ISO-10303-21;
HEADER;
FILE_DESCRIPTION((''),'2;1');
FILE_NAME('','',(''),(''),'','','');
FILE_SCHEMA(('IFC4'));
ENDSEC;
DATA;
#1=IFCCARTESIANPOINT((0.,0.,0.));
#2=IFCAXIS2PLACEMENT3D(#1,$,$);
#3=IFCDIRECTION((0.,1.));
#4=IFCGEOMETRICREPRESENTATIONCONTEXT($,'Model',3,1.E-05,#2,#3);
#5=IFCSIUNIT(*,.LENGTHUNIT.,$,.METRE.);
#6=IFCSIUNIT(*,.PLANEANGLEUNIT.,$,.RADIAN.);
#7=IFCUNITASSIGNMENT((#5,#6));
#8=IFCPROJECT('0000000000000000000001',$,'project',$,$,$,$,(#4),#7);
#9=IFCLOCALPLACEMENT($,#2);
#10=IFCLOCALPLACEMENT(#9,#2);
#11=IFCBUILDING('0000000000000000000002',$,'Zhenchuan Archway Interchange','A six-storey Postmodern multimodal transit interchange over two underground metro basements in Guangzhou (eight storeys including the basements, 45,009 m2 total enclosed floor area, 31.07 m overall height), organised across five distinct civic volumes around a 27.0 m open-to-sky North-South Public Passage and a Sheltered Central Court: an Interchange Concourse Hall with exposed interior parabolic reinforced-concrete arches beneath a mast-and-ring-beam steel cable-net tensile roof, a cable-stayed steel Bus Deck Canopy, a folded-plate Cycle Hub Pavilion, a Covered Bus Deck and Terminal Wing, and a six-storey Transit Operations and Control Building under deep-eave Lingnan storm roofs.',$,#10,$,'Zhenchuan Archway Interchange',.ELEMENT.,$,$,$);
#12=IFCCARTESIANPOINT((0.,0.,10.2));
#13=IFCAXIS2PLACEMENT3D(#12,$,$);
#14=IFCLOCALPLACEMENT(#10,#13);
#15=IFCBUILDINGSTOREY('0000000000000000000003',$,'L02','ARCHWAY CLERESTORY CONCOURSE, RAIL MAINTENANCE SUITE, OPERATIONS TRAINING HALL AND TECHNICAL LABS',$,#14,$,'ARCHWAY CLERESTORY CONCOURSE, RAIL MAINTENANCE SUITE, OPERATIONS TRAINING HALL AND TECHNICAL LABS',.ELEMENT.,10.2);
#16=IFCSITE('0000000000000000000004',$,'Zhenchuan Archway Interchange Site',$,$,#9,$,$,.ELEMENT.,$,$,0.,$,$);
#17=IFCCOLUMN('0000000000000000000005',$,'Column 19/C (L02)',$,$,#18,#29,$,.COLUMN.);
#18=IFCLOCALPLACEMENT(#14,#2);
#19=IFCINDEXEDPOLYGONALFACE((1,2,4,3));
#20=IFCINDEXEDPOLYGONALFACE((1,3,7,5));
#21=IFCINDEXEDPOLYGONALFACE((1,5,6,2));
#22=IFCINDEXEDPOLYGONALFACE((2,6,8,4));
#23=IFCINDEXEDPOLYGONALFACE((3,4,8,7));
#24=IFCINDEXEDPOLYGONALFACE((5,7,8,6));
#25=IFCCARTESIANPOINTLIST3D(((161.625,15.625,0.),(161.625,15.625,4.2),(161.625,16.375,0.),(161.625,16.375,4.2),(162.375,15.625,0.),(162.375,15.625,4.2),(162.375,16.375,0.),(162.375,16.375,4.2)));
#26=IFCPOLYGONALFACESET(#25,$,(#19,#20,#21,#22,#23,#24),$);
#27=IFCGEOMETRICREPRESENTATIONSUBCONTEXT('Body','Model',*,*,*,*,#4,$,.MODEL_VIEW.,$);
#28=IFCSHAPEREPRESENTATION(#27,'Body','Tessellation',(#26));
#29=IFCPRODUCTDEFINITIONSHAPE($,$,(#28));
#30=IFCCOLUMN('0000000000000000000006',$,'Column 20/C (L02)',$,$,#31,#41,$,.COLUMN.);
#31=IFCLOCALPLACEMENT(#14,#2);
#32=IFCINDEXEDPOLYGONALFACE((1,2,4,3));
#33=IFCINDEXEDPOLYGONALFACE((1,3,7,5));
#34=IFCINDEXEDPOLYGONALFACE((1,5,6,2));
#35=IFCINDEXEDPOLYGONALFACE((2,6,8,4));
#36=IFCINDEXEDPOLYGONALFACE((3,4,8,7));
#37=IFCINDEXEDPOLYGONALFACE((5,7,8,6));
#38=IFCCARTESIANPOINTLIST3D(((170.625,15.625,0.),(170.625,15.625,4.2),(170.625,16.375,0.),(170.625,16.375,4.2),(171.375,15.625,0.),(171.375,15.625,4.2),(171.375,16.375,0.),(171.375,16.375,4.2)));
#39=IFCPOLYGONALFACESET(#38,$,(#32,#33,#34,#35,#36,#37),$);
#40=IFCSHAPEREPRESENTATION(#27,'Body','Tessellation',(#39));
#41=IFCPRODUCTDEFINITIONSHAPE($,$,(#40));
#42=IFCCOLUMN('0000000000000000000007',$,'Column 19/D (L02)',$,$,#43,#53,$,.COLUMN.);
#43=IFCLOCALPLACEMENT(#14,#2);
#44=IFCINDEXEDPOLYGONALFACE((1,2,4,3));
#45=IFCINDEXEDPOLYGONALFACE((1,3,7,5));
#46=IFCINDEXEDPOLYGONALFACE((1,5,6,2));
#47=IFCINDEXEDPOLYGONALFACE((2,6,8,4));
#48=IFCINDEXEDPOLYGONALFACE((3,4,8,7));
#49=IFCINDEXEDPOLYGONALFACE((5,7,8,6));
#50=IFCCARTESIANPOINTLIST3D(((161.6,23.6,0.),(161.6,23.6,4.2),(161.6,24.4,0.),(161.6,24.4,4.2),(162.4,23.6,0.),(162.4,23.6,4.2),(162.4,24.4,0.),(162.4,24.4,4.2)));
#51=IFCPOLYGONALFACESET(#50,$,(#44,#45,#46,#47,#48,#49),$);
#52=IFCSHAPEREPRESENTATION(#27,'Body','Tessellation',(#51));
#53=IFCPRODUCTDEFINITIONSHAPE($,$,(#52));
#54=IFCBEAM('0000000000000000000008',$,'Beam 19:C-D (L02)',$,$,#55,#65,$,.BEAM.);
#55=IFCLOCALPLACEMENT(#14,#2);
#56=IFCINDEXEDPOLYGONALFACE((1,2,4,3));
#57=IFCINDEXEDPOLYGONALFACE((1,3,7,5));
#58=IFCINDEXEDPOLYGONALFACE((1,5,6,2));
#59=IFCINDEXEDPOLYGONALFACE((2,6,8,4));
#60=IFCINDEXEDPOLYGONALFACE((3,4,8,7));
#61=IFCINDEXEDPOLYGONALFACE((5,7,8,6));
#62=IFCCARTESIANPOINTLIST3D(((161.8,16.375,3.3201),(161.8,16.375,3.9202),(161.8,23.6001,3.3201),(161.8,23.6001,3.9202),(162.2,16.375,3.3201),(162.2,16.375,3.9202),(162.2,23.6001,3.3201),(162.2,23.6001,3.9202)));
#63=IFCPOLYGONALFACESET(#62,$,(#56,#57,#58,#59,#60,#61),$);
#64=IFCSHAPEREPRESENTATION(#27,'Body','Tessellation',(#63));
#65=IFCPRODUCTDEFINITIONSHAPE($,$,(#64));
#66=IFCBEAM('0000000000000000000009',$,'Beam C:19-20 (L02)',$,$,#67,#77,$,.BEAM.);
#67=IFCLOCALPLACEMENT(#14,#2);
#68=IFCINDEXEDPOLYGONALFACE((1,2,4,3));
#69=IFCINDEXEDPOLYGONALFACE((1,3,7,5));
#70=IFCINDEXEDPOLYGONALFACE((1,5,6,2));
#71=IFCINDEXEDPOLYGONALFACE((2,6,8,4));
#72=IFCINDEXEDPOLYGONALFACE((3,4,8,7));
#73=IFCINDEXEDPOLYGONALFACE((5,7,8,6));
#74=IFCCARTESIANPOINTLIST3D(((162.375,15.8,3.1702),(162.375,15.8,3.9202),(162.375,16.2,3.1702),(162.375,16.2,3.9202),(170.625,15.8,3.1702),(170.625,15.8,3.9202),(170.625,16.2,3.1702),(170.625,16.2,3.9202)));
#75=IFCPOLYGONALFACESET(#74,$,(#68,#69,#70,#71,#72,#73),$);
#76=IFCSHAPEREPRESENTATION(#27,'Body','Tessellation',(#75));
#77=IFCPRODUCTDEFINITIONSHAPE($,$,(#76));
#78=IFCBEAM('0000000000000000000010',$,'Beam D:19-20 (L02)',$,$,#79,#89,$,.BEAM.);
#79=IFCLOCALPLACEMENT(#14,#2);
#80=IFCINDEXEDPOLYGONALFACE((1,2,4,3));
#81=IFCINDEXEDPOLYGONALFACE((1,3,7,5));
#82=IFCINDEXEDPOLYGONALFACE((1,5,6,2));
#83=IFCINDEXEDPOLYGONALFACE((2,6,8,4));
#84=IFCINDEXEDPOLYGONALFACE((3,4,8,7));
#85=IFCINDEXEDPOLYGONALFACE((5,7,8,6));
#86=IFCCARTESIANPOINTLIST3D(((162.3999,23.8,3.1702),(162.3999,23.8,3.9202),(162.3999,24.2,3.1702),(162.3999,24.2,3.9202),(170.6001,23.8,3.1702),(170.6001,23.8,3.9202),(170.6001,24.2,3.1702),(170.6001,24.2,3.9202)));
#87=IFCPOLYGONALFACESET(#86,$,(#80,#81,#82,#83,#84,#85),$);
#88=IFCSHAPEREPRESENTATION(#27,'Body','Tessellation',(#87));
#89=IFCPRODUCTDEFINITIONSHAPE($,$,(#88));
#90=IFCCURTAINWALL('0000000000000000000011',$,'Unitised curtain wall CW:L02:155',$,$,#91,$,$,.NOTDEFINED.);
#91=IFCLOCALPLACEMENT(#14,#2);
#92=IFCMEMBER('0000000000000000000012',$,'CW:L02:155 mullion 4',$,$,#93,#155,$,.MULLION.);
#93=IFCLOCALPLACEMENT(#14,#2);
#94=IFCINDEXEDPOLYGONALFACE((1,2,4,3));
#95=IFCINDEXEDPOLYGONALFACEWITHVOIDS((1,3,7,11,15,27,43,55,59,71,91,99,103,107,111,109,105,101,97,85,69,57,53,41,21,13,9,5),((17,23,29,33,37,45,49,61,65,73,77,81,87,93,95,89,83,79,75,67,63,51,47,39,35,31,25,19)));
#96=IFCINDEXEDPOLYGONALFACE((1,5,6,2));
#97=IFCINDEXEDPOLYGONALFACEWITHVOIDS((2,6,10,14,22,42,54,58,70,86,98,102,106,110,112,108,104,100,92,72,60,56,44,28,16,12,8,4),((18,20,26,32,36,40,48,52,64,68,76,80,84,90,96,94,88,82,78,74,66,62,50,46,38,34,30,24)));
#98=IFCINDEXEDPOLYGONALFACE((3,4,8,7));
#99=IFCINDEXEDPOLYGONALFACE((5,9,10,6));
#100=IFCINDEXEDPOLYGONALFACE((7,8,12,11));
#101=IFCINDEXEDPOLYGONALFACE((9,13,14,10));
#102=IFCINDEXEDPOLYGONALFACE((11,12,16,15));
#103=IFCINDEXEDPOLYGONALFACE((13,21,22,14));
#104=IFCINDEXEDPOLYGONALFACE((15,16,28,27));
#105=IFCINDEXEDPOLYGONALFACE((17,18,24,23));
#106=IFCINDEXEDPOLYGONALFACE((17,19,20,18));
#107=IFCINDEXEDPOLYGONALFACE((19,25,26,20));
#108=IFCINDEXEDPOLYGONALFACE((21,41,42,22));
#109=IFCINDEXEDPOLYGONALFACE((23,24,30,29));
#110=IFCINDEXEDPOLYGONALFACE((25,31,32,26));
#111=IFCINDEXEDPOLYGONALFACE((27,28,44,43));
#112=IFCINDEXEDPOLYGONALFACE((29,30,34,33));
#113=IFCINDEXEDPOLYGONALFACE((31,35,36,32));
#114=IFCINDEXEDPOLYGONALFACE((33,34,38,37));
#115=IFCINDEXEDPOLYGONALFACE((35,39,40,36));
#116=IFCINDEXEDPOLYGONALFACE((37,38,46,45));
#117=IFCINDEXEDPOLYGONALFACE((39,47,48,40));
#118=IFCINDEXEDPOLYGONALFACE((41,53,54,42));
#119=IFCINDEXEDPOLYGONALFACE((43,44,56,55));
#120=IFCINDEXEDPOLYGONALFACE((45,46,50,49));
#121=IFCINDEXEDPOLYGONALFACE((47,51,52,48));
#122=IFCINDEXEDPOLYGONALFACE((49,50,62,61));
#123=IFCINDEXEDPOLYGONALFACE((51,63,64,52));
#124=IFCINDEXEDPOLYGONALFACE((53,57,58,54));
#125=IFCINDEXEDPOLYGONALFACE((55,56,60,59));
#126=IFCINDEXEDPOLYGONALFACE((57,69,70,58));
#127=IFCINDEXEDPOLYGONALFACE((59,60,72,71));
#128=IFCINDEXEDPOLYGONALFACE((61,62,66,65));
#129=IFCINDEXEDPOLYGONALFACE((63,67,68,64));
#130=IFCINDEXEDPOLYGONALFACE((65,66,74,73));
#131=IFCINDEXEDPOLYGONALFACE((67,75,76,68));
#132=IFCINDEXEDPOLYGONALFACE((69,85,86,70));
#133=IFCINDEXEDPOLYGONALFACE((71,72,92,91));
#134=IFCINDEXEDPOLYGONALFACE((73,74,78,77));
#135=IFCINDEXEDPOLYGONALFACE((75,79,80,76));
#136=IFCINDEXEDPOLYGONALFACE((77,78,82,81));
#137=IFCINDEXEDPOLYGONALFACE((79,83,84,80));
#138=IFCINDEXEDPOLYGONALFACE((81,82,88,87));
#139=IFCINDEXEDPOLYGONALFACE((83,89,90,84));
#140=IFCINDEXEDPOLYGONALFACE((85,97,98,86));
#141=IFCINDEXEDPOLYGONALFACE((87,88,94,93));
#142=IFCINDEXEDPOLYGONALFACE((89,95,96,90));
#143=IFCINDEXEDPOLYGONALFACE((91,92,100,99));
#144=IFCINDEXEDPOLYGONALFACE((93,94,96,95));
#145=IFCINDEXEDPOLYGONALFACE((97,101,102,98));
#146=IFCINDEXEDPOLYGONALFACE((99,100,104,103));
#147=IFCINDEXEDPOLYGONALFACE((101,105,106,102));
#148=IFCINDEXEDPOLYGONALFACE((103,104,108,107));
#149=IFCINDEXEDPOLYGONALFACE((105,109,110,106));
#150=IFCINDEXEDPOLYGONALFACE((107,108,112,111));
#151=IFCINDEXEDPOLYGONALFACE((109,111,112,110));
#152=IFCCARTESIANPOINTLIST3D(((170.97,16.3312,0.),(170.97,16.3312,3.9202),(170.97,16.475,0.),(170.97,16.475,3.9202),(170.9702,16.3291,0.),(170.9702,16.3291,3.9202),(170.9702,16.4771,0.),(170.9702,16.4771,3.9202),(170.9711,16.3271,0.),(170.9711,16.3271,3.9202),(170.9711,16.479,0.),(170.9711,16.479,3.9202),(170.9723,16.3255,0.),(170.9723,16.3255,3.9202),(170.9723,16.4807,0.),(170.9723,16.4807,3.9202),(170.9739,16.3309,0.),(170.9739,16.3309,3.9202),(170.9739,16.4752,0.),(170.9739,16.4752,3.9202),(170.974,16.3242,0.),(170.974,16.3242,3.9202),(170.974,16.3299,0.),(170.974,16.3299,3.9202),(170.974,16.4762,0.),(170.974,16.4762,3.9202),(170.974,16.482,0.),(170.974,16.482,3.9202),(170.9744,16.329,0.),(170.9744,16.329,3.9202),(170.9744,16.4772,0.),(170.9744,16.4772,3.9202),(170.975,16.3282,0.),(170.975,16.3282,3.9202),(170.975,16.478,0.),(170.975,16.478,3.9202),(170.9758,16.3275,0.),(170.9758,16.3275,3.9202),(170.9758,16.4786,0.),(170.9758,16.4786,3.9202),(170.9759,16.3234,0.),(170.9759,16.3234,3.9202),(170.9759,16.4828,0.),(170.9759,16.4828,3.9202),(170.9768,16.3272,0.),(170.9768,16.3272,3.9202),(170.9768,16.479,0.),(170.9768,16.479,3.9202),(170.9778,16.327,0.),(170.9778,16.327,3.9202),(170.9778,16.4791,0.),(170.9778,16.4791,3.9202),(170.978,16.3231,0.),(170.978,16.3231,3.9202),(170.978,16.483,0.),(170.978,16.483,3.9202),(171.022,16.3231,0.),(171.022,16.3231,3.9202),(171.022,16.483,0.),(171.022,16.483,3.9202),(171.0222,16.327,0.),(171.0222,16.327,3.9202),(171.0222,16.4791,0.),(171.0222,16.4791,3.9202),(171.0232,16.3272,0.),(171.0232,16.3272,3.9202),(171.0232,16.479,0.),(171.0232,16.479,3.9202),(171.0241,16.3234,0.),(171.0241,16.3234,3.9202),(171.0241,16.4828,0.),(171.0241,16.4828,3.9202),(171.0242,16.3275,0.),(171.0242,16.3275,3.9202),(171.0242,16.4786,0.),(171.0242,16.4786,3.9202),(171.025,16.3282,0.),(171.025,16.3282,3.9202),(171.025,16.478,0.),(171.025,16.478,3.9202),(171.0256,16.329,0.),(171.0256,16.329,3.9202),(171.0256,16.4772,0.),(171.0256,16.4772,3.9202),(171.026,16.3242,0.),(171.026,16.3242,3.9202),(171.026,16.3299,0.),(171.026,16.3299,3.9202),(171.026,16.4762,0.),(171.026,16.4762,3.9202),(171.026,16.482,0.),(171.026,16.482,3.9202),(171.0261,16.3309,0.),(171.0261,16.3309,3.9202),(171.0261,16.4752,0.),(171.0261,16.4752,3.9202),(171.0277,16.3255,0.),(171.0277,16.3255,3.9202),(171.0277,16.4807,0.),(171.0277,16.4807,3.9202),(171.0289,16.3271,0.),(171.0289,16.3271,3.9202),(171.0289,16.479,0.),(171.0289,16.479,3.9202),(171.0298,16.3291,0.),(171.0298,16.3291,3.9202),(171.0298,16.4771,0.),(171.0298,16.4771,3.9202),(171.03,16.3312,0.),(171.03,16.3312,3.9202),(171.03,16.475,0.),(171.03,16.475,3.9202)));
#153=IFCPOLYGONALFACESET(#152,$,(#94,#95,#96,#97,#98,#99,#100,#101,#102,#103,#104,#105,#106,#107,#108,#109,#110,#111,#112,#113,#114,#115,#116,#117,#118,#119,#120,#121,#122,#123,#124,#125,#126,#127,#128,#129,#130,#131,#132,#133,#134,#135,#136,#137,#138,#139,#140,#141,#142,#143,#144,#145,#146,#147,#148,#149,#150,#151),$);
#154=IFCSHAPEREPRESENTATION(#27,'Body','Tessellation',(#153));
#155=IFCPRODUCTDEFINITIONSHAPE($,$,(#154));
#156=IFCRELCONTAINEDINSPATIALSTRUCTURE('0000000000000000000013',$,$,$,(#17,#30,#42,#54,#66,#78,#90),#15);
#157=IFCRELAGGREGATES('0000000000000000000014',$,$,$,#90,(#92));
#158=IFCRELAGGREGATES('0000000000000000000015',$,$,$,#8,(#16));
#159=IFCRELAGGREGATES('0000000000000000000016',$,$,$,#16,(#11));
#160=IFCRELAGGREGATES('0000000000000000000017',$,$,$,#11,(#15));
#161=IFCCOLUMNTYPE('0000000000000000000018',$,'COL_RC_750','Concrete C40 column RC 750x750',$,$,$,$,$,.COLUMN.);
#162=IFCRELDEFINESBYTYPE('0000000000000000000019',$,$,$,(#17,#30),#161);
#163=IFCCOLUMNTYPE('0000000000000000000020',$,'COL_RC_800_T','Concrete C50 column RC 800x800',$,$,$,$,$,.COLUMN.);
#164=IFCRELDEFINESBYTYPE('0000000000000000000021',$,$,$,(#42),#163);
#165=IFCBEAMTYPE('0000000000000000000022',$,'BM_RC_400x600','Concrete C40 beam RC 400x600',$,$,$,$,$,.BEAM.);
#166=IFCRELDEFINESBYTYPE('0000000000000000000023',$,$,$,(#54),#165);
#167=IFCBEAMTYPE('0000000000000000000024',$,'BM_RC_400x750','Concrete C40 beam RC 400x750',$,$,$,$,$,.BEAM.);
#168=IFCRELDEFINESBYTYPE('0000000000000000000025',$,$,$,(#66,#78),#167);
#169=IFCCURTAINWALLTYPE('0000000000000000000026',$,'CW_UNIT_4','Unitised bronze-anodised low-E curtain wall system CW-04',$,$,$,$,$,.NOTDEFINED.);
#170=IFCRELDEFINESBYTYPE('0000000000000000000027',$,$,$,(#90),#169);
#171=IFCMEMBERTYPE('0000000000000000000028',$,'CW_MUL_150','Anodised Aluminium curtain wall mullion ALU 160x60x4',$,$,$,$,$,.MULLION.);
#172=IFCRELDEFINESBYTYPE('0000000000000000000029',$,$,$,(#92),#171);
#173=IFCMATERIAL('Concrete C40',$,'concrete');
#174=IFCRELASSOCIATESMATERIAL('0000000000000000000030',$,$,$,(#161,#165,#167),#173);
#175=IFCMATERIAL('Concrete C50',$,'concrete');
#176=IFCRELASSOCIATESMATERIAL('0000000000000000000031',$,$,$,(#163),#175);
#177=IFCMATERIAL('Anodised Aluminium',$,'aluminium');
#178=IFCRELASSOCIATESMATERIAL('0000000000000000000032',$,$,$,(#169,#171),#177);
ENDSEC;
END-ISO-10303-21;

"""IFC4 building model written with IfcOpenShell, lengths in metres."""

from ifc_helpers import new_model, si_unit, direction, frame, origin, origin_2d, place, context, subcontext, project, spatial, rectangle, hollow_rectangle, extrude, material, material_profile, profile_set, type_object, element, aggregate, save


model = new_model("IFC4")

# Units and contexts
model_context = context("Model", 3, precision=1e-05, world=origin(), true_north=direction((0.0, 1.0)))
body_context = subcontext(model_context, "Body", "Model", "MODEL_VIEW")
ifc_project = project(units=[si_unit("LENGTHUNIT", "METRE"), si_unit("PLANEANGLEUNIT", "RADIAN")], contexts=[model_context])

# Site, building, storey
site_placement = place(None, origin())
site = spatial("IfcSite", under=ifc_project, at=site_placement, Name="Zhenchuan Archway Interchange Site", CompositionType="ELEMENT", RefElevation=0.0)
building_placement = place(site_placement, origin())
building = spatial("IfcBuilding", under=site, at=building_placement, Name="Zhenchuan Archway Interchange", Description="A six-storey Postmodern multimodal transit interchange over two underground metro basements in Guangzhou (eight storeys including the basements, 45,009 m2 total enclosed floor area, 31.07 m overall height), organised across five distinct civic volumes around a 27.0 m open-to-sky North-South Public Passage and a Sheltered Central Court: an Interchange Concourse Hall with exposed interior parabolic reinforced-concrete arches beneath a mast-and-ring-beam steel cable-net tensile roof, a cable-stayed steel Bus Deck Canopy, a folded-plate Cycle Hub Pavilion, a Covered Bus Deck and Terminal Wing, and a six-storey Transit Operations and Control Building under deep-eave Lingnan storm roofs.", LongName="Zhenchuan Archway Interchange", CompositionType="ELEMENT")
storey_placement = place(building_placement, frame((0.0, 0.0, 10.2)))
storey = spatial("IfcBuildingStorey", under=building, at=storey_placement, Name="L02", Description="ARCHWAY CLERESTORY CONCOURSE, RAIL MAINTENANCE SUITE, OPERATIONS TRAINING HALL AND TECHNICAL LABS", LongName="ARCHWAY CLERESTORY CONCOURSE, RAIL MAINTENANCE SUITE, OPERATIONS TRAINING HALL AND TECHNICAL LABS", CompositionType="ELEMENT", Elevation=10.2)

# Columns
ifc_material_1 = material(Name="Concrete C40", Category="concrete")
ifc_material_profile_1 = material_profile(ifc_material_1, rectangle(XDim=0.75, YDim=0.75, at=origin_2d()), Name="RC 750x750")
ifc_profile_set_1 = profile_set([ifc_material_profile_1], Name="Concrete C40")
column_type_1 = type_object("IfcColumnType", Name="COL_RC_750", Description="Concrete C40 column RC 750x750", PredefinedType="COLUMN", material=ifc_profile_set_1)
for number, where, z_axis, x_axis, name in (
    (1, (162.0, 16.0, 0.0), (0.0, 0.0, 1.0), (1.0, 0.0, 0.0), "Column 19/C (L02)"),
    (2, (171.0, 16.0, 0.0), (0.0, 0.0, 1.0), (1.0, 0.0, 0.0), "Column 20/C (L02)"),
):
    element("IfcColumn", number, at=place(storey_placement, frame(where, z_axis=z_axis, x_axis=x_axis)), inside=storey, type_object=column_type_1, Name=name, PredefinedType="COLUMN", context=body_context, shape_type="SweptSolid", body=[
        extrude(rectangle(XDim=0.75, YDim=0.75, at=origin_2d()), origin(), (0.0, 0.0, 1.0), 4.2),
    ])
ifc_material_2 = material(Name="Concrete C50", Category="concrete")
ifc_material_profile_2 = material_profile(ifc_material_2, rectangle(XDim=0.8, YDim=0.8, at=origin_2d()), Name="RC 800x800")
ifc_profile_set_2 = profile_set([ifc_material_profile_2], Name="Concrete C50")
column_type_2 = type_object("IfcColumnType", Name="COL_RC_800_T", Description="Concrete C50 column RC 800x800", PredefinedType="COLUMN", material=ifc_profile_set_2)
column_placement = place(storey_placement, frame((162.0, 24.0, 0.0), z_axis=(0.0, 0.0, 1.0), x_axis=(1.0, 0.0, 0.0)))
element("IfcColumn", 3, at=column_placement, inside=storey, type_object=column_type_2, Name="Column 19/D (L02)", PredefinedType="COLUMN", context=body_context, shape_type="SweptSolid", body=[
    extrude(rectangle(XDim=0.8, YDim=0.8, at=origin_2d()), origin(), (0.0, 0.0, 1.0), 4.2),
])

# Beams
ifc_material_profile_3 = material_profile(ifc_material_1, rectangle(XDim=0.3999, YDim=0.6001, at=origin_2d()), Name="RC 400x600")
ifc_profile_set_3 = profile_set([ifc_material_profile_3], Name="Concrete C40")
beam_type_1 = type_object("IfcBeamType", Name="BM_RC_400x600", Description="Concrete C40 beam RC 400x600", PredefinedType="BEAM", material=ifc_profile_set_3)
beam_1_placement = place(storey_placement, frame((162.0, 16.375, 3.6201), z_axis=(0.0, 1.0, 0.0), x_axis=(-1.0, 0.0, 0.0)))
element("IfcBeam", 4, at=beam_1_placement, inside=storey, type_object=beam_type_1, Name="Beam 19:C-D (L02)", PredefinedType="BEAM", context=body_context, shape_type="SweptSolid", body=[
    extrude(rectangle(XDim=0.3999, YDim=0.6001, at=origin_2d()), origin(), (0.0, 0.0, 1.0), 7.2251),
])
ifc_material_profile_4 = material_profile(ifc_material_1, rectangle(XDim=0.3999, YDim=0.75, at=origin_2d()), Name="RC 400x750")
ifc_profile_set_4 = profile_set([ifc_material_profile_4], Name="Concrete C40")
beam_type_2 = type_object("IfcBeamType", Name="BM_RC_400x750", Description="Concrete C40 beam RC 400x750", PredefinedType="BEAM", material=ifc_profile_set_4)
beam_2_placement = place(storey_placement, frame((162.375, 16.0, 3.5452), z_axis=(1.0, 0.0, 0.0), x_axis=(0.0, 1.0, 0.0)))
element("IfcBeam", 5, at=beam_2_placement, inside=storey, type_object=beam_type_2, Name="Beam C:19-20 (L02)", PredefinedType="BEAM", context=body_context, shape_type="SweptSolid", body=[
    extrude(rectangle(XDim=0.3999, YDim=0.75, at=origin_2d()), origin(), (0.0, 0.0, 1.0), 8.25),
])
beam_3_placement = place(storey_placement, frame((162.3999, 24.0, 3.5452), z_axis=(1.0, 0.0, 0.0), x_axis=(0.0, 1.0, 0.0)))
element("IfcBeam", 6, at=beam_3_placement, inside=storey, type_object=beam_type_2, Name="Beam D:19-20 (L02)", PredefinedType="BEAM", context=body_context, shape_type="SweptSolid", body=[
    extrude(rectangle(XDim=0.3999, YDim=0.75, at=origin_2d()), origin(), (0.0, 0.0, 1.0), 8.2002),
])

# Curtain wall, member
ifc_material_3 = material(Name="Anodised Aluminium", Category="aluminium")
curtain_wall_type = type_object("IfcCurtainWallType", Name="CW_UNIT_4", Description="Unitised bronze-anodised low-E curtain wall system CW-04", PredefinedType="NOTDEFINED", material=ifc_material_3)
curtain_wall_placement = place(storey_placement, origin())
curtain_wall = element("IfcCurtainWall", 7, at=curtain_wall_placement, inside=storey, type_object=curtain_wall_type, Name="Unitised curtain wall CW:L02:155", PredefinedType="NOTDEFINED")
ifc_material_profile_5 = material_profile(ifc_material_3, hollow_rectangle(XDim=0.0601, YDim=0.1599, WallThickness=0.0039, InnerFilletRadius=0.0039, OuterFilletRadius=0.0081, at=origin_2d()), Name="ALU 160x60x4")
ifc_profile_set_5 = profile_set([ifc_material_profile_5], Name="Anodised Aluminium")
member_type_1 = type_object("IfcMemberType", Name="CW_MUL_150", Description="Anodised Aluminium curtain wall mullion ALU 160x60x4", PredefinedType="MULLION", material=ifc_profile_set_5)
member_1_placement = place(storey_placement, frame((171.0, 16.4031, 0.0), z_axis=(0.0, 0.0, 1.0), x_axis=(1.0, 0.0, 0.0)))
member_1 = element("IfcMember", 8, at=member_1_placement, type_object=member_type_1, Name="CW:L02:155 mullion 4", PredefinedType="MULLION", context=body_context, shape_type="SweptSolid", body=[
    extrude(hollow_rectangle(XDim=0.0601, YDim=0.1599, WallThickness=0.0039, InnerFilletRadius=0.0039, OuterFilletRadius=0.0081, at=origin_2d()), origin(), (0.0, 0.0, 1.0), 3.9202),
])

aggregate(curtain_wall, [member_1])

save(model, "model.ifc")
